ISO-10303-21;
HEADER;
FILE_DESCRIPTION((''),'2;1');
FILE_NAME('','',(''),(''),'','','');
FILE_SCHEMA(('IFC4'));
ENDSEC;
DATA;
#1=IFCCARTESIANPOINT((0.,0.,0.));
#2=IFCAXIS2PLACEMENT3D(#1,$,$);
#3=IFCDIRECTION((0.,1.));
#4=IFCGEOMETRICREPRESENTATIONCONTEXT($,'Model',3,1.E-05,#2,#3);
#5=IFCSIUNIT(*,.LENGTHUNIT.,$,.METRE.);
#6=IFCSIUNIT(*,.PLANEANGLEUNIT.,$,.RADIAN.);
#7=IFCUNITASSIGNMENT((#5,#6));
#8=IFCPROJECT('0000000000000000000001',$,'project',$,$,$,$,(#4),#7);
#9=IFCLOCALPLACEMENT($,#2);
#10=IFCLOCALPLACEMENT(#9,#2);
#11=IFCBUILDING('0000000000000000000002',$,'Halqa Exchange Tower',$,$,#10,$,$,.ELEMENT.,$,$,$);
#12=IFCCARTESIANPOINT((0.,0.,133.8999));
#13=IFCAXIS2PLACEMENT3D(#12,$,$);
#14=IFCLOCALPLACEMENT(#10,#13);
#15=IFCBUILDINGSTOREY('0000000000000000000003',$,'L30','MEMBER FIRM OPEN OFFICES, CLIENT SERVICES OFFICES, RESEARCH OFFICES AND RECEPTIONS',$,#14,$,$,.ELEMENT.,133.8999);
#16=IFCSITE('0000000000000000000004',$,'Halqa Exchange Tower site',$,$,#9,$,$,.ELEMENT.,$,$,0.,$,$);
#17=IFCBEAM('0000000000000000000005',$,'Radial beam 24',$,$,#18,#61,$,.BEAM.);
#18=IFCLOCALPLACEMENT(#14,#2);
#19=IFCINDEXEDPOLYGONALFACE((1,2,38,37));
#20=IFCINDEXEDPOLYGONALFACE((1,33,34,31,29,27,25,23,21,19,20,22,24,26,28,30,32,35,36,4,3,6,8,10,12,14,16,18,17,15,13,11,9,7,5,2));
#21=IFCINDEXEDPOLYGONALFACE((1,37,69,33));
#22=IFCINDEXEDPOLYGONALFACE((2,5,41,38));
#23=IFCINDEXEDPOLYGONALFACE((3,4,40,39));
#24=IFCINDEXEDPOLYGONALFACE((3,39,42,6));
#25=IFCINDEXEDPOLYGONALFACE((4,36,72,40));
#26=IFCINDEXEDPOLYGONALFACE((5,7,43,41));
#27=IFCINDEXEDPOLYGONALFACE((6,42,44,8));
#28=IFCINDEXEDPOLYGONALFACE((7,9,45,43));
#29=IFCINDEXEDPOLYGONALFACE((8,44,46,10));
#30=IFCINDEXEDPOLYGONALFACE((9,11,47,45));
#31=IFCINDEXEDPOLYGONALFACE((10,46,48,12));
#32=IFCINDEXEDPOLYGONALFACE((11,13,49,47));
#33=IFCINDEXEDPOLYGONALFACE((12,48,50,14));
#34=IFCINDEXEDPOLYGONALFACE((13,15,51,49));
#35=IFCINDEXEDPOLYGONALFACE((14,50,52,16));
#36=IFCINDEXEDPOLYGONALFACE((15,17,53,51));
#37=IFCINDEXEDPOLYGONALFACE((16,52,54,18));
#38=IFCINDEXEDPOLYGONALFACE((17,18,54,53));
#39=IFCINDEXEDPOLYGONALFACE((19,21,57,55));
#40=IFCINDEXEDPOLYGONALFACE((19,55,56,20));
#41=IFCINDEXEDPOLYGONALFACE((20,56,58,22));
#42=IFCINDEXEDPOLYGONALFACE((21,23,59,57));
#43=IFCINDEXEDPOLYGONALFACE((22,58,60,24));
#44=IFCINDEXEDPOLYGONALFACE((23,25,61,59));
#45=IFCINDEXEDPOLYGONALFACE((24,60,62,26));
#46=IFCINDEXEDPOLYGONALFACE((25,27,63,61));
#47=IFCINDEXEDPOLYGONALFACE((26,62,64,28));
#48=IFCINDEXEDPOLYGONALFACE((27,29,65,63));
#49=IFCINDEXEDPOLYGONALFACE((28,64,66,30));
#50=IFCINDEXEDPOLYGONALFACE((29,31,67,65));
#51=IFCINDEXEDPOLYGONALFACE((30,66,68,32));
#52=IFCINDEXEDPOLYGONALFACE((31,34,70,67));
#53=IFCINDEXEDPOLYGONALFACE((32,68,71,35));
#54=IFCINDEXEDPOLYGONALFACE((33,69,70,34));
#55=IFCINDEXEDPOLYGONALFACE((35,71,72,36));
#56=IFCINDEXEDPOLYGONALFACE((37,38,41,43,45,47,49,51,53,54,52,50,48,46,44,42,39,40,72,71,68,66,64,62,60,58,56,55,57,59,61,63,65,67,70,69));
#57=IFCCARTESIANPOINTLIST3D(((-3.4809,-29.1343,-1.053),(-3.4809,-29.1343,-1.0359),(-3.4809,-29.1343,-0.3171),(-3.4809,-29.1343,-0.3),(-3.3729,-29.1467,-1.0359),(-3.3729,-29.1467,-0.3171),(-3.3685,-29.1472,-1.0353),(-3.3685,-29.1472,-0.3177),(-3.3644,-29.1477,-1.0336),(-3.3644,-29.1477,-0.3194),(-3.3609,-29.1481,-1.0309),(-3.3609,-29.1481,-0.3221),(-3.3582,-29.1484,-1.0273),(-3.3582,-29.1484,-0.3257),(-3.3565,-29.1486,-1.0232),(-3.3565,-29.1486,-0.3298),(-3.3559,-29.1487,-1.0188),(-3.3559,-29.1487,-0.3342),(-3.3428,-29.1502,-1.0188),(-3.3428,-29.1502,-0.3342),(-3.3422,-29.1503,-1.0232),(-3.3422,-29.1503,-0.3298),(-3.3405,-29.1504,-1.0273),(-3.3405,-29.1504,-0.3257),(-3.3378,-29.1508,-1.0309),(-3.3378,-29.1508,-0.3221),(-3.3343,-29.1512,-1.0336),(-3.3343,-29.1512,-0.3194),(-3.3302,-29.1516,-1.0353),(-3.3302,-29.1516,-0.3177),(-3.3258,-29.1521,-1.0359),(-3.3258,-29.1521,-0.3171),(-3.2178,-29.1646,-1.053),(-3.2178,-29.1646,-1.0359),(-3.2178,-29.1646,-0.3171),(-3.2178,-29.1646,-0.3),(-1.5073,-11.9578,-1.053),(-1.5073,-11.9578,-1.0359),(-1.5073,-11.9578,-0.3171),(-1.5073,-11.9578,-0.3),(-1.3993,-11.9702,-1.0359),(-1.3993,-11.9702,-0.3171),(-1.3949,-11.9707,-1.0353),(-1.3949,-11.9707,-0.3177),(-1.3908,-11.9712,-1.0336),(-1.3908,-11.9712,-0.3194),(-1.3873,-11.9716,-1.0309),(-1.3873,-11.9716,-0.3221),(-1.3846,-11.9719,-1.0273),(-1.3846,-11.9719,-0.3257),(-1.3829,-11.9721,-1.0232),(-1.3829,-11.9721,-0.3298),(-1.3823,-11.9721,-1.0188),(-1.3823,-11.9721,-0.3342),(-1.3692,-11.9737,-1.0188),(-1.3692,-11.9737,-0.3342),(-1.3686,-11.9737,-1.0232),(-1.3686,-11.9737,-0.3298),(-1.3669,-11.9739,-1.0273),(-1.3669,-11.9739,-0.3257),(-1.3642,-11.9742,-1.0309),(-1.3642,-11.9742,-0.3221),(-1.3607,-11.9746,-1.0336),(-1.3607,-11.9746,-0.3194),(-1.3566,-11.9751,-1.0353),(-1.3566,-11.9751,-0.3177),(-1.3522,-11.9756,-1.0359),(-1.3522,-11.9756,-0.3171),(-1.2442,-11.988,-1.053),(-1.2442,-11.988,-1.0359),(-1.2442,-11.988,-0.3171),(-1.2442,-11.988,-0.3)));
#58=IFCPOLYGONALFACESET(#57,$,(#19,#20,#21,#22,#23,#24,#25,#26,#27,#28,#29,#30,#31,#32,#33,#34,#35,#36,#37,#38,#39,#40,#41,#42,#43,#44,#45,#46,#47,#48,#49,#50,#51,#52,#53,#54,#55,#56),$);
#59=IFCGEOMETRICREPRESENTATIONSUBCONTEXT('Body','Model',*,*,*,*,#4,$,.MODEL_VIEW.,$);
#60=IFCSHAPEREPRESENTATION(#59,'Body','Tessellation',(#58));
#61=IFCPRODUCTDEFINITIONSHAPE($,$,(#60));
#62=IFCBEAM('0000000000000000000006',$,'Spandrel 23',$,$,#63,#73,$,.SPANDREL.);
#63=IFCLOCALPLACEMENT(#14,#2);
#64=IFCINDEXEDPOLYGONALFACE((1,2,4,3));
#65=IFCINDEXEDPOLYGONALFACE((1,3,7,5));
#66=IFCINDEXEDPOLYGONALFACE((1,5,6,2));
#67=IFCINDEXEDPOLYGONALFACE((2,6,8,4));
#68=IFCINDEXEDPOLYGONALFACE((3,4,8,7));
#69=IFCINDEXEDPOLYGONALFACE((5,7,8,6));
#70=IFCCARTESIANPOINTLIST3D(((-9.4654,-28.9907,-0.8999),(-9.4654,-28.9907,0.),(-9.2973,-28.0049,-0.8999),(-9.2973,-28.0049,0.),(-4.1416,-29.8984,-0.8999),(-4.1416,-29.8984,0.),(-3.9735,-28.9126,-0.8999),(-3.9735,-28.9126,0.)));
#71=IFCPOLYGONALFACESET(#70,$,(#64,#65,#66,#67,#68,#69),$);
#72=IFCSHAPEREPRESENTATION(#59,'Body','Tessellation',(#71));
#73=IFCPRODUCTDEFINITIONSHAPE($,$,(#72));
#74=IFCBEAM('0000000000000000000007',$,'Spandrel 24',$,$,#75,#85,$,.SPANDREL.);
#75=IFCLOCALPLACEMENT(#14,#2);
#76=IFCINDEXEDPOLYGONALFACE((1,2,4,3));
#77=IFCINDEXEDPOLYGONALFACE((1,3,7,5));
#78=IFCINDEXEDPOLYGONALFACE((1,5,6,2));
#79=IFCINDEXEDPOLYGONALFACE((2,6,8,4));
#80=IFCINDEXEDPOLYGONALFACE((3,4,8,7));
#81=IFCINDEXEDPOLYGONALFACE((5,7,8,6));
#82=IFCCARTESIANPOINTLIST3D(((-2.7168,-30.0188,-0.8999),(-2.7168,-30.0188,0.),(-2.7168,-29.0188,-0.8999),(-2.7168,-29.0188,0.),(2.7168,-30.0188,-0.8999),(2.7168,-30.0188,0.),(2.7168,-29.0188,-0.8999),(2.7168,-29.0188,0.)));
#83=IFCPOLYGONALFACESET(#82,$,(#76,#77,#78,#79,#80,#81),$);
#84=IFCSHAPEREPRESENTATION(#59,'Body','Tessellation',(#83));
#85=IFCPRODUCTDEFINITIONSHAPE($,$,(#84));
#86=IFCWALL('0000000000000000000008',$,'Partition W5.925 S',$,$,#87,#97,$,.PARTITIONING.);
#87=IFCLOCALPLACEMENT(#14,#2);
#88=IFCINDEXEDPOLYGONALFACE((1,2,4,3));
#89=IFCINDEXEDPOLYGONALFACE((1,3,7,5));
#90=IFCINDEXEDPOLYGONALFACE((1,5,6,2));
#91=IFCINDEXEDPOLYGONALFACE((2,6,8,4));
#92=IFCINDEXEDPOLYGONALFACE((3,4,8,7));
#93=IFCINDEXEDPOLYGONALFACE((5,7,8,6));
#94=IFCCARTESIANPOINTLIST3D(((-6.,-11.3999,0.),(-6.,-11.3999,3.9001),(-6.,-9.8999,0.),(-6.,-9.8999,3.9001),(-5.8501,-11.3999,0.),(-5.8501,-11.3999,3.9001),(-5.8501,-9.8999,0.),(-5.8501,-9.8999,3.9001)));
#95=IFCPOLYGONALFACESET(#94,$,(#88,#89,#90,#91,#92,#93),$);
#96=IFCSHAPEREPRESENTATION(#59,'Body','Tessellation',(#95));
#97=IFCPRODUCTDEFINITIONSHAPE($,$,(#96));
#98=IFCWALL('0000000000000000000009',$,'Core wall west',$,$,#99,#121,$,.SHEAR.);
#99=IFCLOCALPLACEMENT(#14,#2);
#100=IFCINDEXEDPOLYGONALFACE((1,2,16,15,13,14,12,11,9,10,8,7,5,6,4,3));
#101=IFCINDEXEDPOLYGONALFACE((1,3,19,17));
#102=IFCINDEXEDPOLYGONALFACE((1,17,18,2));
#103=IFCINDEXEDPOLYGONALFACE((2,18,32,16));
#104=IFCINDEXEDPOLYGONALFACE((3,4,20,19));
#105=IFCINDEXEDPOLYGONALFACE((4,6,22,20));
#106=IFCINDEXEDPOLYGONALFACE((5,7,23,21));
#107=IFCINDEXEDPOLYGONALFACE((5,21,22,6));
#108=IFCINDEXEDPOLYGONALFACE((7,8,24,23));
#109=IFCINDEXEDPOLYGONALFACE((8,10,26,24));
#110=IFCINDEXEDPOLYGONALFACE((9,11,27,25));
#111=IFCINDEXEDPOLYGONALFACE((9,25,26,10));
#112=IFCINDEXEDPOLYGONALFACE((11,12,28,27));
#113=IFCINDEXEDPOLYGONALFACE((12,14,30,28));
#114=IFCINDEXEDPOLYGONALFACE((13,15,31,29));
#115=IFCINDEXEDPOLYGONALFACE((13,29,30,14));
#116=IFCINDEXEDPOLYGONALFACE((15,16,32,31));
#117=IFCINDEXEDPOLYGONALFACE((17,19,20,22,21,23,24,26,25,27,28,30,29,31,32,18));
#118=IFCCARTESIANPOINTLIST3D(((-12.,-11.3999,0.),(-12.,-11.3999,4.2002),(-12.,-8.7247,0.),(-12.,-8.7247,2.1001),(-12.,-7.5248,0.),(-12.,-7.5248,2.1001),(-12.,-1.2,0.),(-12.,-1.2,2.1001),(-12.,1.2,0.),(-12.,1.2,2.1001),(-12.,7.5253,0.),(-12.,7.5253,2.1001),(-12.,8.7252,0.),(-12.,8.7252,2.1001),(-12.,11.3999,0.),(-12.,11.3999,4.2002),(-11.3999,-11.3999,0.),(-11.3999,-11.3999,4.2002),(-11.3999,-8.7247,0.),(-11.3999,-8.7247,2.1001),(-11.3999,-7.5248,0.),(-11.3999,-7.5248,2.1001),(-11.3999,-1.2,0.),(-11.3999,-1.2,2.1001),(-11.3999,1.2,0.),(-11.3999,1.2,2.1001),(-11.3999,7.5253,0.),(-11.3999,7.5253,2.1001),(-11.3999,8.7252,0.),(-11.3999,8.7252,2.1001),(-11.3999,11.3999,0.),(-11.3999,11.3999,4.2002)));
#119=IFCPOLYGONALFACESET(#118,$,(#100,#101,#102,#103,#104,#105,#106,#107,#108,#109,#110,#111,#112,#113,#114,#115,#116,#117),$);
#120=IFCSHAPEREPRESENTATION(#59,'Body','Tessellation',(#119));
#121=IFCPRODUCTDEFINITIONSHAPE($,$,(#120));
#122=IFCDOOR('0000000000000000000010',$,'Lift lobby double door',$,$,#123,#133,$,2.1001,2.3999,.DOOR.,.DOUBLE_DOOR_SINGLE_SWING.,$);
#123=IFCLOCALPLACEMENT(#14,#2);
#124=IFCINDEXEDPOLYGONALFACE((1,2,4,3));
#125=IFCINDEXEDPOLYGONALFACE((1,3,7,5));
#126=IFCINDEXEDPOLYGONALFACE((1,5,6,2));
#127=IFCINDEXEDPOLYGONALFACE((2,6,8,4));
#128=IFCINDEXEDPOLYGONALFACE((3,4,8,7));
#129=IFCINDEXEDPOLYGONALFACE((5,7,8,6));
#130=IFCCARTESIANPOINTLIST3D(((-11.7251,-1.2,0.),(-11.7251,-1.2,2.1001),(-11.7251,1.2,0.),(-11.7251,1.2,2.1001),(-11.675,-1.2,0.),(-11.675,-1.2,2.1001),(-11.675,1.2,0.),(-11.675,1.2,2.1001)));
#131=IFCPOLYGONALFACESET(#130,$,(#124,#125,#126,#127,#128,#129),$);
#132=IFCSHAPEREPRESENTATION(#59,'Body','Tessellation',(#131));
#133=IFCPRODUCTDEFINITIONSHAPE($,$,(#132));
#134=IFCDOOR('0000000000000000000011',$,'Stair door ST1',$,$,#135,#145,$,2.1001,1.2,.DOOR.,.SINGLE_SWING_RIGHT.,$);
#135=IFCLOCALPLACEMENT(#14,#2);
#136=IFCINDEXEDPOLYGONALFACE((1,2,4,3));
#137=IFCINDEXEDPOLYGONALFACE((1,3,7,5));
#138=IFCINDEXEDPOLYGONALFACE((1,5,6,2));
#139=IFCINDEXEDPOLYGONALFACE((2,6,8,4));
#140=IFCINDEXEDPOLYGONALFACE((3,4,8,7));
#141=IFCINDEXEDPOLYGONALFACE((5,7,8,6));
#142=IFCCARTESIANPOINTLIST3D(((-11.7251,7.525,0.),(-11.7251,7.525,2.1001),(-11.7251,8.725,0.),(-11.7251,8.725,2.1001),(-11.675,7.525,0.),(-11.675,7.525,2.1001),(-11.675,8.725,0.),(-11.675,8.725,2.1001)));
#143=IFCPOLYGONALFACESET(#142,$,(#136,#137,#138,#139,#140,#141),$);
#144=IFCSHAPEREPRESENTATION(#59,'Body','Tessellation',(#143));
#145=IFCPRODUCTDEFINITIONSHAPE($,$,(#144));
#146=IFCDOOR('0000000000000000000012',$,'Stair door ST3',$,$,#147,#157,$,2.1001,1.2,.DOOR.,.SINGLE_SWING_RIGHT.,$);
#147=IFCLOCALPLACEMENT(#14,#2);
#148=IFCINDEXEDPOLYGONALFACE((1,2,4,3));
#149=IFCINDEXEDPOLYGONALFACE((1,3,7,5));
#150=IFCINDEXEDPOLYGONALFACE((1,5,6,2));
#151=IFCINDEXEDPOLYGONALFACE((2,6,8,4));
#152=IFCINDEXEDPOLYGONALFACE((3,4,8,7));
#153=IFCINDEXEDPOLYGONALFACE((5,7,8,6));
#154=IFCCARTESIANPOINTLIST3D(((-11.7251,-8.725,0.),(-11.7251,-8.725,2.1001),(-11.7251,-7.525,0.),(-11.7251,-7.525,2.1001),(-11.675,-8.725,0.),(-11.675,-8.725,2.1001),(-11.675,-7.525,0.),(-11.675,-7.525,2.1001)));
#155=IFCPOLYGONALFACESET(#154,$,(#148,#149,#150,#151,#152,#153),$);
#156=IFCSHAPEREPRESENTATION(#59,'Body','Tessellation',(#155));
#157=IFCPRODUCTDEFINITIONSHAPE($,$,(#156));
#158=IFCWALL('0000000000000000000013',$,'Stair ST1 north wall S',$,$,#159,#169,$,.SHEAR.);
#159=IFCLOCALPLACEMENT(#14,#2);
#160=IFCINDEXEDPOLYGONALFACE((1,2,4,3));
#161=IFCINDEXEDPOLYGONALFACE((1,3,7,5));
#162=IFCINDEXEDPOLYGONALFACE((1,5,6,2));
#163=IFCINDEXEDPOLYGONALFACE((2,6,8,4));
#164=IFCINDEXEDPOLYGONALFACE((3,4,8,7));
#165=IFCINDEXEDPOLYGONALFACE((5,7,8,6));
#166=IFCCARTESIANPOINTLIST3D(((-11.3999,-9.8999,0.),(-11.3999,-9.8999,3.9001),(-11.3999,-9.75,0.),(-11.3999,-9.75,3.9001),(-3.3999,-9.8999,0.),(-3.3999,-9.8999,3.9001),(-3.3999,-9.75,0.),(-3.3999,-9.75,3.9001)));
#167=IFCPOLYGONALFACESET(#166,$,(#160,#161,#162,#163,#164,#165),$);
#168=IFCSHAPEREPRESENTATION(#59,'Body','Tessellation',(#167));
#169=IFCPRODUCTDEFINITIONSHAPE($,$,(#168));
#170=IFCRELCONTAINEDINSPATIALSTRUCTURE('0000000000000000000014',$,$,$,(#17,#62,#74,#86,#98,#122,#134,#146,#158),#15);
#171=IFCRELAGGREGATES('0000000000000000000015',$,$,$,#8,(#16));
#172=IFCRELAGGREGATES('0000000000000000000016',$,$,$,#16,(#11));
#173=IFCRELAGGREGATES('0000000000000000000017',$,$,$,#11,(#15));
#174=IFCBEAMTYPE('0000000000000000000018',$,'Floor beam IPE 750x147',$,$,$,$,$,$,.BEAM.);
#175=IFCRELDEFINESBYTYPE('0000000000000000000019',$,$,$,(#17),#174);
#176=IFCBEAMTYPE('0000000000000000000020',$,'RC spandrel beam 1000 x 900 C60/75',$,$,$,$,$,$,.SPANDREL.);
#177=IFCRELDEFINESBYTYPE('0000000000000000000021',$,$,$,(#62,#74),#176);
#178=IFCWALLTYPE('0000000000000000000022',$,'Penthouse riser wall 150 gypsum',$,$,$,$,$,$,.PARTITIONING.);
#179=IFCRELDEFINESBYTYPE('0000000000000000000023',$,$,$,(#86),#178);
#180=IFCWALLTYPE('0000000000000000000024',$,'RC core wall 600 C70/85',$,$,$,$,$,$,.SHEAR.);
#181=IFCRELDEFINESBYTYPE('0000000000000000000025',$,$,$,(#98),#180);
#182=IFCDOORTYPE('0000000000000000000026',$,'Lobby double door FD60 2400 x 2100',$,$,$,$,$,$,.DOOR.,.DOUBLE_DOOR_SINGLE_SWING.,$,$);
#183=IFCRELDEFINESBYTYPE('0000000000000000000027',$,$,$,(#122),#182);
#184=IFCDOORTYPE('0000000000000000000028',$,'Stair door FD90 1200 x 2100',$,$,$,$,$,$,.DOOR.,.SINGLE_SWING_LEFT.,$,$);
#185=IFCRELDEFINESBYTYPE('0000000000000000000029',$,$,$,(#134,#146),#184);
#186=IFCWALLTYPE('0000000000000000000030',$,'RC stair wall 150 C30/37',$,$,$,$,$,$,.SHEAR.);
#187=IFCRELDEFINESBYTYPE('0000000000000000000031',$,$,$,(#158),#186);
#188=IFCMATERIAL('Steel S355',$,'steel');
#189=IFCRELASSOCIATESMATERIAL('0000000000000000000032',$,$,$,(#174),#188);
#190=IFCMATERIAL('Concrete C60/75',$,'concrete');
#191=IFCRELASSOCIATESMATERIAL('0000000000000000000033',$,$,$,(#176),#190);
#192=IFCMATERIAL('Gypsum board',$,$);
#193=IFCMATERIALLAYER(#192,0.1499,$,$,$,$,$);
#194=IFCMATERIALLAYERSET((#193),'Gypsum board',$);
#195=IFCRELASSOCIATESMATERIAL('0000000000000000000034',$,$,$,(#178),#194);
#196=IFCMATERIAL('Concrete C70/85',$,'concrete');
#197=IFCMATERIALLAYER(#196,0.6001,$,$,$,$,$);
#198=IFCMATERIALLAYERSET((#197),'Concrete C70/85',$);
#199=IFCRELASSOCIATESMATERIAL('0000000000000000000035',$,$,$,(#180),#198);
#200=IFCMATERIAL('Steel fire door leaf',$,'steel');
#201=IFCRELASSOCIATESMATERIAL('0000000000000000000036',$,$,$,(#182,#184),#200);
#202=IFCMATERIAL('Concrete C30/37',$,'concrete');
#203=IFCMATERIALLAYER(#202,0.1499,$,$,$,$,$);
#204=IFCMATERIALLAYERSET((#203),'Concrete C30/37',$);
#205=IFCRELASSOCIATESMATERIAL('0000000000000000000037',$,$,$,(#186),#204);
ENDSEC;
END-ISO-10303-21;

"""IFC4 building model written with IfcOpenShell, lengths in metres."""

from ifc_helpers import new_model, si_unit, direction, frame, frame_2d, origin, origin_2d, place, context, subcontext, project, spatial, rectangle, i_section, extrude, material, layer, layer_set, material_profile, profile_set, type_object, element, fill, save


model = new_model("IFC4")

# Units and contexts
model_context = context("Model", 3, precision=1e-05, world=origin(), true_north=direction((0.0, 1.0)))
body_context = subcontext(model_context, "Body", "Model", "MODEL_VIEW")
ifc_project = project(units=[si_unit("LENGTHUNIT", "METRE"), si_unit("PLANEANGLEUNIT", "RADIAN")], contexts=[model_context])

# Site, building, storey
site_placement = place(None, origin())
site = spatial("IfcSite", under=ifc_project, at=site_placement, Name="Halqa Exchange Tower site", CompositionType="ELEMENT", RefElevation=0.0)
building_placement = place(site_placement, origin())
building = spatial("IfcBuilding", under=site, at=building_placement, Name="Halqa Exchange Tower", CompositionType="ELEMENT")
storey_placement = place(building_placement, frame((0.0, 0.0, 133.8999)))
storey = spatial("IfcBuildingStorey", under=building, at=storey_placement, Name="L30", Description="MEMBER FIRM OPEN OFFICES, CLIENT SERVICES OFFICES, RESEARCH OFFICES AND RECEPTIONS", CompositionType="ELEMENT", Elevation=133.8999)

# Shared definitions
ifc_material_1 = material(Name="Concrete C70/85", Category="concrete")

# Beams
ifc_material_2 = material(Name="Steel S355", Category="steel")
ifc_material_profile_1 = material_profile(ifc_material_2, i_section(OverallWidth=0.2649, OverallDepth=0.7529, WebThickness=0.0132, FlangeThickness=0.0171, FilletRadius=0.0171, at=origin_2d()), Name="IPE 750x147")
ifc_profile_set_1 = profile_set([ifc_material_profile_1], Name="Steel S355")
beam_type_1 = type_object("IfcBeamType", Name="Floor beam IPE 750x147", PredefinedType="BEAM", material=ifc_profile_set_1)
beam_1_placement = place(storey_placement, frame((-1.3757, -11.9729, -0.6765), z_axis=(-0.114152, -0.993463, 0.0), x_axis=(0.993463, -0.114152, 0.0)))
element("IfcBeam", 1, at=beam_1_placement, inside=storey, type_object=beam_type_1, Name="Radial beam 24", PredefinedType="BEAM", context=body_context, shape_type="SweptSolid", body=[
    extrude(i_section(OverallWidth=0.2649, OverallDepth=0.7529, WebThickness=0.0132, FlangeThickness=0.0171, FilletRadius=0.0171, at=origin_2d()), origin(), (0.0, 0.0, 1.0), 17.2896),
])
ifc_material_3 = material(Name="Concrete C60/75", Category="concrete")
ifc_material_profile_2 = material_profile(ifc_material_3, rectangle(XDim=1.0, YDim=0.8999, at=origin_2d()), Name="1000 x 900")
ifc_profile_set_2 = profile_set([ifc_material_profile_2], Name="Concrete C60/75")
beam_type_2 = type_object("IfcBeamType", Name="RC spandrel beam 1000 x 900 C60/75", PredefinedType="SPANDREL", material=ifc_profile_set_2)
beam_2_placement = place(storey_placement, frame((-9.3813, -28.4978, -0.45), z_axis=(0.985774, -0.168078, 0.0), x_axis=(0.168078, 0.985774, 0.0)))
element("IfcBeam", 2, at=beam_2_placement, inside=storey, type_object=beam_type_2, Name="Spandrel 23", PredefinedType="SPANDREL", context=body_context, shape_type="SweptSolid", body=[
    extrude(rectangle(XDim=1.0, YDim=0.8999, at=origin_2d()), origin(), (0.0, 0.0, 1.0), 5.4006),
])
beam_3_placement = place(storey_placement, frame((-2.7168, -29.5188, -0.45), z_axis=(1.0, 0.0, 0.0), x_axis=(0.0, 1.0, 0.0)))
element("IfcBeam", 3, at=beam_3_placement, inside=storey, type_object=beam_type_2, Name="Spandrel 24", PredefinedType="SPANDREL", context=body_context, shape_type="SweptSolid", body=[
    extrude(rectangle(XDim=1.0, YDim=0.8999, at=origin_2d()), origin(), (0.0, 0.0, 1.0), 5.4336),
])

# Wall
ifc_material_4 = material(Name="Gypsum board")
ifc_layer_1 = layer(ifc_material_4, 0.1499)
ifc_layer_set_1 = layer_set([ifc_layer_1], Name="Gypsum board")
wall_type_1 = type_object("IfcWallType", Name="Penthouse riser wall 150 gypsum", PredefinedType="PARTITIONING", material=ifc_layer_set_1)
wall_1_placement = place(storey_placement, frame((-5.925, -11.3999, 0.0), z_axis=(0.0, 0.0, 1.0), x_axis=(0.0, 1.0, 0.0)))
element("IfcWall", 4, at=wall_1_placement, inside=storey, type_object=wall_type_1, Name="Partition W5.925 S", PredefinedType="PARTITIONING", context=body_context, shape_type="SweptSolid", body=[
    extrude(rectangle(XDim=1.5, YDim=0.1499, at=frame_2d((0.75, 0.0))), origin(), (0.0, 0.0, 1.0), 3.9001),
])

# Wall, openings, doors
ifc_layer_2 = layer(ifc_material_1, 0.6001)
ifc_layer_set_2 = layer_set([ifc_layer_2], Name="Concrete C70/85")
wall_type_2 = type_object("IfcWallType", Name="RC core wall 600 C70/85", PredefinedType="SHEAR", material=ifc_layer_set_2)
wall_2_placement = place(storey_placement, frame((-11.7, -11.3999, 0.0), z_axis=(0.0, 0.0, 1.0), x_axis=(0.0, 1.0, 0.0)))
wall_2 = element("IfcWall", 5, at=wall_2_placement, inside=storey, type_object=wall_type_2, Name="Core wall west", PredefinedType="SHEAR", context=body_context, shape_type="SweptSolid", body=[
    extrude(rectangle(XDim=22.7998, YDim=0.6001, at=frame_2d((11.3999, 0.0))), origin(), (0.0, 0.0, 1.0), 4.2002),
])
opening_1_placement = place(wall_2_placement, frame((10.2, 0.0, 0.0)))
opening_1 = element("IfcOpeningElement", 6, at=opening_1_placement, cuts=wall_2, PredefinedType="OPENING", context=body_context, shape_type="SweptSolid", body=[
    extrude(rectangle(XDim=2.3999, YDim=2.1001, at=frame_2d((1.2, 1.05))), frame((0.0, 0.312, 0.0), z_axis=(0.0, -1.0, 0.0), x_axis=(1.0, 0.0, 0.0)), (0.0, 0.0, 1.0), 0.624),
])
opening_2_placement = place(wall_2_placement, frame((18.925, 0.0, 0.0)))
opening_2 = element("IfcOpeningElement", 7, at=opening_2_placement, cuts=wall_2, PredefinedType="OPENING", context=body_context, shape_type="SweptSolid", body=[
    extrude(rectangle(XDim=1.2, YDim=2.1001, at=frame_2d((0.6001, 1.05))), frame((0.0, 0.312, 0.0), z_axis=(0.0, -1.0, 0.0), x_axis=(1.0, 0.0, 0.0)), (0.0, 0.0, 1.0), 0.624),
])
opening_3_placement = place(wall_2_placement, frame((2.675, 0.0, 0.0)))
opening_3 = element("IfcOpeningElement", 8, at=opening_3_placement, cuts=wall_2, PredefinedType="OPENING", context=body_context, shape_type="SweptSolid", body=[
    extrude(rectangle(XDim=1.2, YDim=2.1001, at=frame_2d((0.6001, 1.05))), frame((0.0, 0.312, 0.0), z_axis=(0.0, -1.0, 0.0), x_axis=(1.0, 0.0, 0.0)), (0.0, 0.0, 1.0), 0.624),
])
ifc_material_5 = material(Name="Steel fire door leaf", Category="steel")
door_type_1 = type_object("IfcDoorType", Name="Lobby double door FD60 2400 x 2100", OperationType="DOUBLE_DOOR_SINGLE_SWING", PredefinedType="DOOR", material=ifc_material_5)
door_1_placement = place(opening_1_placement, frame((2.3999, 0.0, 0.0), z_axis=(0.0, 0.0, 1.0), x_axis=(-1.0, 0.0, 0.0)))
door_1 = element("IfcDoor", 9, at=door_1_placement, inside=storey, type_object=door_type_1, Name="Lift lobby double door", OperationType="DOUBLE_DOOR_SINGLE_SWING", OverallHeight=2.1001, OverallWidth=2.3999, PredefinedType="DOOR", context=body_context, shape_type="SweptSolid", body=[
    extrude(rectangle(XDim=2.3999, YDim=2.1001, at=frame_2d((1.2, 1.05))), frame((0.0, 0.0249, 0.0), z_axis=(0.0, -1.0, 0.0), x_axis=(1.0, 0.0, 0.0)), (0.0, 0.0, 1.0), 0.05),
])
fill(opening_1, door_1)
door_type_2 = type_object("IfcDoorType", Name="Stair door FD90 1200 x 2100", OperationType="SINGLE_SWING_LEFT", PredefinedType="DOOR", material=ifc_material_5)
door_2_placement = place(opening_2_placement, frame((1.2, 0.0, 0.0), z_axis=(0.0, 0.0, 1.0), x_axis=(-1.0, 0.0, 0.0)))
door_2 = element("IfcDoor", 10, at=door_2_placement, inside=storey, type_object=door_type_2, Name="Stair door ST1", OperationType="SINGLE_SWING_RIGHT", OverallHeight=2.1001, OverallWidth=1.2, PredefinedType="DOOR", context=body_context, shape_type="SweptSolid", body=[
    extrude(rectangle(XDim=1.2, YDim=2.1001, at=frame_2d((0.6001, 1.05))), frame((0.0, 0.0249, 0.0), z_axis=(0.0, -1.0, 0.0), x_axis=(1.0, 0.0, 0.0)), (0.0, 0.0, 1.0), 0.05),
])
fill(opening_2, door_2)
door_3_placement = place(opening_3_placement, frame((1.2, 0.0, 0.0), z_axis=(0.0, 0.0, 1.0), x_axis=(-1.0, 0.0, 0.0)))
door_3 = element("IfcDoor", 11, at=door_3_placement, inside=storey, type_object=door_type_2, Name="Stair door ST3", OperationType="SINGLE_SWING_RIGHT", OverallHeight=2.1001, OverallWidth=1.2, PredefinedType="DOOR", context=body_context, shape_type="SweptSolid", body=[
    extrude(rectangle(XDim=1.2, YDim=2.1001, at=frame_2d((0.6001, 1.05))), frame((0.0, 0.0249, 0.0), z_axis=(0.0, -1.0, 0.0), x_axis=(1.0, 0.0, 0.0)), (0.0, 0.0, 1.0), 0.05),
])
fill(opening_3, door_3)

# Wall
ifc_material_6 = material(Name="Concrete C30/37", Category="concrete")
ifc_layer_3 = layer(ifc_material_6, 0.1499)
ifc_layer_set_3 = layer_set([ifc_layer_3], Name="Concrete C30/37")
wall_type_3 = type_object("IfcWallType", Name="RC stair wall 150 C30/37", PredefinedType="SHEAR", material=ifc_layer_set_3)
wall_3_placement = place(storey_placement, frame((-11.3999, -9.825, 0.0), z_axis=(0.0, 0.0, 1.0), x_axis=(1.0, 0.0, 0.0)))
element("IfcWall", 12, at=wall_3_placement, inside=storey, type_object=wall_type_3, Name="Stair ST1 north wall S", PredefinedType="SHEAR", context=body_context, shape_type="SweptSolid", body=[
    extrude(rectangle(XDim=8.0, YDim=0.1499, at=frame_2d((4.0, 0.0))), origin(), (0.0, 0.0, 1.0), 3.9001),
])

save(model, "model.ifc")
